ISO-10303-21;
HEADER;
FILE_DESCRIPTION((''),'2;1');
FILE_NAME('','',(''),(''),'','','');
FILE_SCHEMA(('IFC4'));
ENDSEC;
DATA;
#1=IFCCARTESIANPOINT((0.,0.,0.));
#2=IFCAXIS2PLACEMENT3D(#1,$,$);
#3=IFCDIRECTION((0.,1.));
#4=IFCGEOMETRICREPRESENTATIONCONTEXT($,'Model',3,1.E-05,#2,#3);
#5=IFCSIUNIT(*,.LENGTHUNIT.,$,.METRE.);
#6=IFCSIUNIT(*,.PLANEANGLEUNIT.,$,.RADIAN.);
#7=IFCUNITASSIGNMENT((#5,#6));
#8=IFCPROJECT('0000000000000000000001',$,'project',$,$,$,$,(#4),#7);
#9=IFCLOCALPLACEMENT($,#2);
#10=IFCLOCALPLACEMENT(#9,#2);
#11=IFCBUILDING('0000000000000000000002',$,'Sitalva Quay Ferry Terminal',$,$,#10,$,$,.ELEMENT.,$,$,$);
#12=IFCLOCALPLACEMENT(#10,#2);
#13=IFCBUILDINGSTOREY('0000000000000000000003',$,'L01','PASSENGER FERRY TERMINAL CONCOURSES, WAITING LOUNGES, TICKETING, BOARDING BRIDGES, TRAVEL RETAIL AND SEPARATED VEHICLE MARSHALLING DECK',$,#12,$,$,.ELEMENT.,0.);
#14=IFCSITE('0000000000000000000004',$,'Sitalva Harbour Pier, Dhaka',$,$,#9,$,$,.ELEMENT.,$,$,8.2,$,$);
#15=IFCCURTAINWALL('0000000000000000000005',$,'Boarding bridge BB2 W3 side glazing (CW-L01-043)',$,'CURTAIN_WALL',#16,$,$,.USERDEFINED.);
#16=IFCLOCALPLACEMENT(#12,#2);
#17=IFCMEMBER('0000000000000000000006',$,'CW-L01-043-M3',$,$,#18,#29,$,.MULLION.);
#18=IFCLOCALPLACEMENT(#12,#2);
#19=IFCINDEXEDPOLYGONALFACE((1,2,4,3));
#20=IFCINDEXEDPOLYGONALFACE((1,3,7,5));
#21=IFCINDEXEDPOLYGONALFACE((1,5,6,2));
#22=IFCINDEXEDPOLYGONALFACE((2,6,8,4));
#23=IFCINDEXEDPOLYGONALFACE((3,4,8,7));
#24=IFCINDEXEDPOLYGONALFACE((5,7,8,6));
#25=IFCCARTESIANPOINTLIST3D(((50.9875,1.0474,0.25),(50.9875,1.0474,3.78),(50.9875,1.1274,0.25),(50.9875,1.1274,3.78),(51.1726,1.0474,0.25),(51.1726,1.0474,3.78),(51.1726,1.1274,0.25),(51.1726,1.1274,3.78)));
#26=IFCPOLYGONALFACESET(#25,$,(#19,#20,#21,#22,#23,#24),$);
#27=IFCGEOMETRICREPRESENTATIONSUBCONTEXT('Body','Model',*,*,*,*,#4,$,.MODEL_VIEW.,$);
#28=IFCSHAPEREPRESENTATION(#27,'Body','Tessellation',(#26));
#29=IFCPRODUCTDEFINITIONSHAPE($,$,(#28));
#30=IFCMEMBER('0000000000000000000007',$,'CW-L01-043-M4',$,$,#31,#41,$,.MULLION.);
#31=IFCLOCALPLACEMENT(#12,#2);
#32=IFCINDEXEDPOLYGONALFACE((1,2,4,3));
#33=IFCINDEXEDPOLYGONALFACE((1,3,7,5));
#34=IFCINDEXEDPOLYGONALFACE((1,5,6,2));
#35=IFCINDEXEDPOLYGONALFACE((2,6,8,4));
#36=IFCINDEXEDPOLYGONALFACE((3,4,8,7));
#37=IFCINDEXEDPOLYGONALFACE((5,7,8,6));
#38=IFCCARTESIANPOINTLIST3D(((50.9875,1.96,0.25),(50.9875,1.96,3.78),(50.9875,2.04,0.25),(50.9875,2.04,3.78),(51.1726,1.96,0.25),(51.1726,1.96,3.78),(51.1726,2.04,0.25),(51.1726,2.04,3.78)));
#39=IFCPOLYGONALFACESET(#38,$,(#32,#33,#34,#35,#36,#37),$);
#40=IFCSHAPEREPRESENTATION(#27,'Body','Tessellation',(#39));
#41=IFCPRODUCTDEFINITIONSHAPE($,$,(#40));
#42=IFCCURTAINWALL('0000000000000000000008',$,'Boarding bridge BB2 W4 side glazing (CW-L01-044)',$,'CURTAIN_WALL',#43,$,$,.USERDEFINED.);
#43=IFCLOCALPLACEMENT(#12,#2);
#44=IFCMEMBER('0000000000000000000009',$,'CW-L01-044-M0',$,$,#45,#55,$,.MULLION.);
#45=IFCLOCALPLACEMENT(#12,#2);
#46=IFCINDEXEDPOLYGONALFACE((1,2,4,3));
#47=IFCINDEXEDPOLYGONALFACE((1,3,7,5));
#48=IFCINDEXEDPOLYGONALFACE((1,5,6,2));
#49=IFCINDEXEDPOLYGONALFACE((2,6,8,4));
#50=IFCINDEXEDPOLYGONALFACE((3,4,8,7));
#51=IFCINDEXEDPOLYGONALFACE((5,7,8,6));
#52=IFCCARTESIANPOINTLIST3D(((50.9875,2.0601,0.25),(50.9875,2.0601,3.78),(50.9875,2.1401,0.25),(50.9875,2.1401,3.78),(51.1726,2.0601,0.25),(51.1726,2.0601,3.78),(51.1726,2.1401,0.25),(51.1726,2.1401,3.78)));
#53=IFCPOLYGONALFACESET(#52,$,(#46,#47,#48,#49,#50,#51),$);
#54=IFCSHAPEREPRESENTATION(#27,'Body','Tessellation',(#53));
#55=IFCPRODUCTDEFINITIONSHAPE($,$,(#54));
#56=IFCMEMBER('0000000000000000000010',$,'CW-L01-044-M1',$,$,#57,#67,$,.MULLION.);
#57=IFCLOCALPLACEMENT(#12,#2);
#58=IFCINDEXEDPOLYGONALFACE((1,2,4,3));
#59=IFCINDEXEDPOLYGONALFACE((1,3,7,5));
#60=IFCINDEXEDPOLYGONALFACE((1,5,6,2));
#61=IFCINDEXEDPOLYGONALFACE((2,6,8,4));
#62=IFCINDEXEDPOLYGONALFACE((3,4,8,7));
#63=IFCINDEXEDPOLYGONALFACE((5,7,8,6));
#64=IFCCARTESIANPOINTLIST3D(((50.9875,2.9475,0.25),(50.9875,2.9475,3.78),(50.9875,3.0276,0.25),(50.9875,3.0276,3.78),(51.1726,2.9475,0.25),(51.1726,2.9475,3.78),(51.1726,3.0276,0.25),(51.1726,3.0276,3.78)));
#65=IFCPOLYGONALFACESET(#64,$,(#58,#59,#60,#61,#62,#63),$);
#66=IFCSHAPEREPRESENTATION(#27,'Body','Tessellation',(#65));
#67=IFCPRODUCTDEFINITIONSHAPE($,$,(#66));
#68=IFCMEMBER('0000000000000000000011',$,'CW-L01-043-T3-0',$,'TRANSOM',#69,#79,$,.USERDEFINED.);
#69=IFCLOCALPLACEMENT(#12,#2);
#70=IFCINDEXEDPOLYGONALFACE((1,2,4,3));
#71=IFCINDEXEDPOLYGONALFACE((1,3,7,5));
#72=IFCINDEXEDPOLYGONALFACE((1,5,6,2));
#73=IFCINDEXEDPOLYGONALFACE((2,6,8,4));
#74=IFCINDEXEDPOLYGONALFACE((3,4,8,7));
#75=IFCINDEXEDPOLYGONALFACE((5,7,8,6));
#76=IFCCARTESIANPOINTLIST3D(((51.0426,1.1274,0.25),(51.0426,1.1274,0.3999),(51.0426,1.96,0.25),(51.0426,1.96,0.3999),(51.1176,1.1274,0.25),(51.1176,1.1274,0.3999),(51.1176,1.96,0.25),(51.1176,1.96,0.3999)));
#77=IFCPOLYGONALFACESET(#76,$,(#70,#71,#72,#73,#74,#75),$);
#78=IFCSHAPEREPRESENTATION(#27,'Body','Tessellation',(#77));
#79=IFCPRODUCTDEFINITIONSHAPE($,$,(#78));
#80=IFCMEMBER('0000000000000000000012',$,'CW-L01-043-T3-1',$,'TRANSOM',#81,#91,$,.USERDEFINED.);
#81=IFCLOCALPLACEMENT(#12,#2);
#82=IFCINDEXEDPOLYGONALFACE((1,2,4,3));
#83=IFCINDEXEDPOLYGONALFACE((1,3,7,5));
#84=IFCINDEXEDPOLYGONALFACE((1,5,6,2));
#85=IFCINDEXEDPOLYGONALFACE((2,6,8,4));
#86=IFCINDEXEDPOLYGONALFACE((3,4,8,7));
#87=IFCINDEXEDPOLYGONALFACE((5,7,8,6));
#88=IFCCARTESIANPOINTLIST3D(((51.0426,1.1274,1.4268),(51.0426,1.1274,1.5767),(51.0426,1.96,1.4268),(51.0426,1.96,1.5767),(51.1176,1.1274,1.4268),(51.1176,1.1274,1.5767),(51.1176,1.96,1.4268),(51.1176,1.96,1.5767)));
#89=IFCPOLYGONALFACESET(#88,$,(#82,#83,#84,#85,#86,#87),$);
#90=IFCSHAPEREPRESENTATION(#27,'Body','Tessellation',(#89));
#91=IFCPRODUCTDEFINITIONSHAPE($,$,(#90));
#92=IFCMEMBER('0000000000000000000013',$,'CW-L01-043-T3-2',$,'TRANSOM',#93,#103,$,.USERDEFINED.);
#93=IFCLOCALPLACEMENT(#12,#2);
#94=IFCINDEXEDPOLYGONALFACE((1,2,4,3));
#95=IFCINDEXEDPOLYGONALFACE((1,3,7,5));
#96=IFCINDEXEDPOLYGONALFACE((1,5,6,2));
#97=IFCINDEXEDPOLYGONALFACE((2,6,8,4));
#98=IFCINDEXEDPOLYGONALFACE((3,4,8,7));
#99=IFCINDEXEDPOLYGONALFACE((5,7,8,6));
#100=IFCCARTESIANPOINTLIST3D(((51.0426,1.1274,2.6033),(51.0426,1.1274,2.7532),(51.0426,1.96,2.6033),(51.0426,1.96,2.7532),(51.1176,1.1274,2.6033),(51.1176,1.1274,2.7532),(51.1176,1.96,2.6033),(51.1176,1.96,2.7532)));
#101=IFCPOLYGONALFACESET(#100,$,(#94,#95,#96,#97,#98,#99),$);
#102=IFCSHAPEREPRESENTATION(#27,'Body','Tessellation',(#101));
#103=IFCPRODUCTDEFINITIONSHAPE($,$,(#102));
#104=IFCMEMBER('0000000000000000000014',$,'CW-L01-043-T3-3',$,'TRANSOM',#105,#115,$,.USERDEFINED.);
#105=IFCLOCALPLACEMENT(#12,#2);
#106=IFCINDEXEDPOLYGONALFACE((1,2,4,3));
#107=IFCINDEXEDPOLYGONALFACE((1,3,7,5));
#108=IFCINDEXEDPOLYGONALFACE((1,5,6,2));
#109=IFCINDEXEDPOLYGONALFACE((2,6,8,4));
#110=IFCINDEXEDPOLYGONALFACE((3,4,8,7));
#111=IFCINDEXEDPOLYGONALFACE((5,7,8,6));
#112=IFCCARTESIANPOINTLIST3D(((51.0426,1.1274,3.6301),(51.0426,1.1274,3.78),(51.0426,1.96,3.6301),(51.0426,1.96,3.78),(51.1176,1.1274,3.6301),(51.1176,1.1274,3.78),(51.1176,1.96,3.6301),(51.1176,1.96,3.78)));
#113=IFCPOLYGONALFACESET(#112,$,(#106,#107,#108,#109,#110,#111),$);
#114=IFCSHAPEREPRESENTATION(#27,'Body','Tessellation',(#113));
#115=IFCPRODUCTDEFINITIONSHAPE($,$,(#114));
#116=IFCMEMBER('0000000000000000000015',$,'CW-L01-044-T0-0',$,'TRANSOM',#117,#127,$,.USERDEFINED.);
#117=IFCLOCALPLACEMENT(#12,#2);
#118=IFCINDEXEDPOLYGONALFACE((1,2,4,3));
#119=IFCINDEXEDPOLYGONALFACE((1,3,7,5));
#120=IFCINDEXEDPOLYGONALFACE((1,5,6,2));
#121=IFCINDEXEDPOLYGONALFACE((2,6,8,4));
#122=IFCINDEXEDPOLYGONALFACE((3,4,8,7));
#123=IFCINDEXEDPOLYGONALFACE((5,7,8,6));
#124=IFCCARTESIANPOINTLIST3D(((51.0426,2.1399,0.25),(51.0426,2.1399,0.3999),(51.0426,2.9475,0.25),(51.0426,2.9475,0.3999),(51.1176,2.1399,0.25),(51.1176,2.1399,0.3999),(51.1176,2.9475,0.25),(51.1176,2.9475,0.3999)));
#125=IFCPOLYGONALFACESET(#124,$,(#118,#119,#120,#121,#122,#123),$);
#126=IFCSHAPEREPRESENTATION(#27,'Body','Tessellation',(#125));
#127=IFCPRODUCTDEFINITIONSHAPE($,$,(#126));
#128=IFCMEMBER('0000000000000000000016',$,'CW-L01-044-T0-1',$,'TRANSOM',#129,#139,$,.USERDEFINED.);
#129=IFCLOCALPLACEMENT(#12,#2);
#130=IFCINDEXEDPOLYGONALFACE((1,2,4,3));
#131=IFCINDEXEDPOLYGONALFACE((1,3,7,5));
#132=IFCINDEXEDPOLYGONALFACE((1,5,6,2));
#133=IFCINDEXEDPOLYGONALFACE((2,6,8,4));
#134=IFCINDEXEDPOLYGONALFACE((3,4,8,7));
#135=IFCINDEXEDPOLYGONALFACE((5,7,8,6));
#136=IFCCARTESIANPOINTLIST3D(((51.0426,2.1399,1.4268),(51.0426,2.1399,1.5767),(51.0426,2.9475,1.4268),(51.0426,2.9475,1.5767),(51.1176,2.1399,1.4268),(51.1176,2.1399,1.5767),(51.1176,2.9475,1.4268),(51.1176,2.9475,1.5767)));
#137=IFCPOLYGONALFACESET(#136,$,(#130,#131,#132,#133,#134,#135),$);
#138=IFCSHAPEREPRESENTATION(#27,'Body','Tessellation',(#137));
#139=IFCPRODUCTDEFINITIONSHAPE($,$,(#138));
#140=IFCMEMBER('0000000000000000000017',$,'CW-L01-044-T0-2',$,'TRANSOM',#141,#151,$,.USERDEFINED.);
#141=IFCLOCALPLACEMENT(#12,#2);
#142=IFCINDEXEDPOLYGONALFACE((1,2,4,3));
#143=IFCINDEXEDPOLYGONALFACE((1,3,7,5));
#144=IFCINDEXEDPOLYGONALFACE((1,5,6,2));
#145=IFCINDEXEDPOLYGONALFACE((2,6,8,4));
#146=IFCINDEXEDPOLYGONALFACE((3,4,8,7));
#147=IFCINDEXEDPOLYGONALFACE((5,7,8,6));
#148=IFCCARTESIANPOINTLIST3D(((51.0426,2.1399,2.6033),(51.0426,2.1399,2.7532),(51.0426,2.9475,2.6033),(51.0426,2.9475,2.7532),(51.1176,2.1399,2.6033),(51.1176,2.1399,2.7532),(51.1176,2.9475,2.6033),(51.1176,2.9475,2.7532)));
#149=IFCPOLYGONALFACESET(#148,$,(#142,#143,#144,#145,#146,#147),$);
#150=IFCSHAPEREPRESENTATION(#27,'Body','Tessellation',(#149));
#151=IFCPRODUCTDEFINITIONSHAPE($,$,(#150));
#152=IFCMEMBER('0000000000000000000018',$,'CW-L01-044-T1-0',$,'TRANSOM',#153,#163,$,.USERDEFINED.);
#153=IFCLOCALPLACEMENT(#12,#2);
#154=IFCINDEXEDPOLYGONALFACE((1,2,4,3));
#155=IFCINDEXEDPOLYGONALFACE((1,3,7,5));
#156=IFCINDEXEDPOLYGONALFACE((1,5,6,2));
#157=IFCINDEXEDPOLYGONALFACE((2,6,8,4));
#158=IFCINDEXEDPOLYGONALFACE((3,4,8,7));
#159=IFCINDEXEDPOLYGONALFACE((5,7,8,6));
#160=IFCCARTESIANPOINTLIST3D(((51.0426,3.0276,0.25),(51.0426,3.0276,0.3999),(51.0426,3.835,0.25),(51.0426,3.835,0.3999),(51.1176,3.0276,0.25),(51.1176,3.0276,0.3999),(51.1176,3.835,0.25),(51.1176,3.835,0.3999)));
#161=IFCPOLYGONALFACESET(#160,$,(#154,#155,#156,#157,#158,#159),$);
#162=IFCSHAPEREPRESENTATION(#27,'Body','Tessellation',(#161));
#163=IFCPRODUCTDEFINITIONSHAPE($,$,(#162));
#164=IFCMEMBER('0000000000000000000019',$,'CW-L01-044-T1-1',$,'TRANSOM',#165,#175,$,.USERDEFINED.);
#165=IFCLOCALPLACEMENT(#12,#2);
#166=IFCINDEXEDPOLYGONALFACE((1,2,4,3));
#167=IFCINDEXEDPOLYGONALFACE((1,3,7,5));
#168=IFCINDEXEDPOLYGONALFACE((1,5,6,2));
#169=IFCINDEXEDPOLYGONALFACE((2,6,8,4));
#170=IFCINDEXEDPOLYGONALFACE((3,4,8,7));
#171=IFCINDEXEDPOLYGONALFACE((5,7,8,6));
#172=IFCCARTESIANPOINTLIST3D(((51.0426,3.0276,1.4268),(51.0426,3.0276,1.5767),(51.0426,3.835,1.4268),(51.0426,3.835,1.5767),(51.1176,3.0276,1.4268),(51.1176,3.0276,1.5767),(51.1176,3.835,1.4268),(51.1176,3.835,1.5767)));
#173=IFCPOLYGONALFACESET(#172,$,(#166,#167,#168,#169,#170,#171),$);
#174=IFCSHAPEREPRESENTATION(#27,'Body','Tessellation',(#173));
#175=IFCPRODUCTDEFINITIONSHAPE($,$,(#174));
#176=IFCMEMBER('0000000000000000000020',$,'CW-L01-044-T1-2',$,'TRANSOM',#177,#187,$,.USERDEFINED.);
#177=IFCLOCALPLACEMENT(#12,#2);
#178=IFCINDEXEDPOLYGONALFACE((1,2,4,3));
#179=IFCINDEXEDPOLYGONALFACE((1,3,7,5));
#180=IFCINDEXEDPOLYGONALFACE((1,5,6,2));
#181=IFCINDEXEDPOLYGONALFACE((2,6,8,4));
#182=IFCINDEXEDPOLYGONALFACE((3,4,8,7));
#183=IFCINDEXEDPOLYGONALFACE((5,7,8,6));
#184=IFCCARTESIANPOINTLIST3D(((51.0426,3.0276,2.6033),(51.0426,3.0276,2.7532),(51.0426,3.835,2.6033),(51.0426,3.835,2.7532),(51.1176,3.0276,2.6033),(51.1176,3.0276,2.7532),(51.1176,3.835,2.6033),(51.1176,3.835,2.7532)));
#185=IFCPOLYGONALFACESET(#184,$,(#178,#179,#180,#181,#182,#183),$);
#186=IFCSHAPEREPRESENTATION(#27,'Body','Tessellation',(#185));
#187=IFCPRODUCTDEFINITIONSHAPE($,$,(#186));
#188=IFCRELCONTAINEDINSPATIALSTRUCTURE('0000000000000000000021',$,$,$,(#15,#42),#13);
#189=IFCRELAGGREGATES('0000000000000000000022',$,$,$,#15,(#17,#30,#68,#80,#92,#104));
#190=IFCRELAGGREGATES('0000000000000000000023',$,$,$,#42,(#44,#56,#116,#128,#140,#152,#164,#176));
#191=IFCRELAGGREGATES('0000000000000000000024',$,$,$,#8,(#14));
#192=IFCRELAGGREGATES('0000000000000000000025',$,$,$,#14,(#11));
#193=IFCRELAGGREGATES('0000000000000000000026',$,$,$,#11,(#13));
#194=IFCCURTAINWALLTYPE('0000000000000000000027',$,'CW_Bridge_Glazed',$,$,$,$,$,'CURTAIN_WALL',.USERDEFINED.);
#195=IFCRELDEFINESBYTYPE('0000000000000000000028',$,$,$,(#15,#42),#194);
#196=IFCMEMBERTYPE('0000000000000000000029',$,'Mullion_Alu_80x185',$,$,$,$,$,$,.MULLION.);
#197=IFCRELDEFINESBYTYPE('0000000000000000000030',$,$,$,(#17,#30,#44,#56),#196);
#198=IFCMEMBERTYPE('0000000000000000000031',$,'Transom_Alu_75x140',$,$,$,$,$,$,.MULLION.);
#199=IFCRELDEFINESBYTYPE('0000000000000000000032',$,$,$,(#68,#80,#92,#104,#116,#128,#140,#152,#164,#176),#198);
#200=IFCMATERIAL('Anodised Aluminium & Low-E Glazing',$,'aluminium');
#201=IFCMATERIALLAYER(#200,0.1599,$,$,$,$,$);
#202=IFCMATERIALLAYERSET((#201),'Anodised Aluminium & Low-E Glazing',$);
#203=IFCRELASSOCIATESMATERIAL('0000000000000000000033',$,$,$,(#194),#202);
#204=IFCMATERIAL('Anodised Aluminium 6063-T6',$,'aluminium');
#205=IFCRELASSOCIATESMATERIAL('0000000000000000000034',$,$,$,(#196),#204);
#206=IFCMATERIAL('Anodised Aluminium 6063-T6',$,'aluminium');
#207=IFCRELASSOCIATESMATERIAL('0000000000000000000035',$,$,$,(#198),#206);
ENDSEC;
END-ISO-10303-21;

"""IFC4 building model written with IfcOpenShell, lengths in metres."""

from ifc_helpers import new_model, si_unit, direction, frame, origin, origin_2d, place, context, subcontext, project, spatial, rectangle, extrude, material, layer, layer_set, material_profile, profile_set, type_object, element, aggregate, save


model = new_model("IFC4")

# Units and contexts
model_context = context("Model", 3, precision=1e-05, world=origin(), true_north=direction((0.0, 1.0)))
body_context = subcontext(model_context, "Body", "Model", "MODEL_VIEW")
ifc_project = project(units=[si_unit("LENGTHUNIT", "METRE"), si_unit("PLANEANGLEUNIT", "RADIAN")], contexts=[model_context])

# Site, building, storey
site_placement = place(None, origin())
site = spatial("IfcSite", under=ifc_project, at=site_placement, Name="Sitalva Harbour Pier, Dhaka", CompositionType="ELEMENT", RefElevation=8.2)
building_placement = place(site_placement, origin())
building = spatial("IfcBuilding", under=site, at=building_placement, Name="Sitalva Quay Ferry Terminal", CompositionType="ELEMENT")
storey_placement = place(building_placement, origin())
storey = spatial("IfcBuildingStorey", under=building, at=storey_placement, Name="L01", Description="PASSENGER FERRY TERMINAL CONCOURSES, WAITING LOUNGES, TICKETING, BOARDING BRIDGES, TRAVEL RETAIL AND SEPARATED VEHICLE MARSHALLING DECK", CompositionType="ELEMENT", Elevation=0.0)

# Curtain walls, members
ifc_material_1 = material(Name="Anodised Aluminium & Low-E Glazing", Category="aluminium")
ifc_layer_1 = layer(ifc_material_1, 0.1599)
ifc_layer_set_1 = layer_set([ifc_layer_1], Name="Anodised Aluminium & Low-E Glazing")
curtain_wall_type = type_object("IfcCurtainWallType", Name="CW_Bridge_Glazed", ElementType="CURTAIN_WALL", PredefinedType="USERDEFINED", material=ifc_layer_set_1)
curtain_wall_1_placement = place(storey_placement, origin())
curtain_wall_1 = element("IfcCurtainWall", 1, at=curtain_wall_1_placement, inside=storey, type_object=curtain_wall_type, Name="Boarding bridge BB2 W3 side glazing (CW-L01-043)", ObjectType="CURTAIN_WALL", PredefinedType="USERDEFINED")
ifc_material_2 = material(Name="Anodised Aluminium 6063-T6", Category="aluminium")
ifc_material_profile_1 = material_profile(ifc_material_2, rectangle(XDim=0.0801, YDim=0.1851, at=origin_2d()), Name="ALU80x185")
ifc_profile_set_1 = profile_set([ifc_material_profile_1], Name="Anodised Aluminium 6063-T6")
member_type_1 = type_object("IfcMemberType", Name="Mullion_Alu_80x185", PredefinedType="MULLION", material=ifc_profile_set_1)
member_1_placement = place(storey_placement, frame((51.0801, 1.0874, 0.25), z_axis=(0.0, 0.0, 1.0), x_axis=(0.0, 1.0, 0.0)))
member_1 = element("IfcMember", 2, at=member_1_placement, type_object=member_type_1, Name="CW-L01-043-M3", PredefinedType="MULLION", context=body_context, shape_type="SweptSolid", body=[
    extrude(rectangle(XDim=0.0801, YDim=0.1851, at=origin_2d()), origin(), (0.0, 0.0, 1.0), 3.53),
])
member_2_placement = place(storey_placement, frame((51.0801, 2.0, 0.25), z_axis=(0.0, 0.0, 1.0), x_axis=(0.0, 1.0, 0.0)))
member_2 = element("IfcMember", 3, at=member_2_placement, type_object=member_type_1, Name="CW-L01-043-M4", PredefinedType="MULLION", context=body_context, shape_type="SweptSolid", body=[
    extrude(rectangle(XDim=0.0801, YDim=0.1851, at=origin_2d()), origin(), (0.0, 0.0, 1.0), 3.53),
])
curtain_wall_2_placement = place(storey_placement, origin())
curtain_wall_2 = element("IfcCurtainWall", 4, at=curtain_wall_2_placement, inside=storey, type_object=curtain_wall_type, Name="Boarding bridge BB2 W4 side glazing (CW-L01-044)", ObjectType="CURTAIN_WALL", PredefinedType="USERDEFINED")
member_3_placement = place(storey_placement, frame((51.0801, 2.1001, 0.25), z_axis=(0.0, 0.0, 1.0), x_axis=(0.0, 1.0, 0.0)))
member_3 = element("IfcMember", 5, at=member_3_placement, type_object=member_type_1, Name="CW-L01-044-M0", PredefinedType="MULLION", context=body_context, shape_type="SweptSolid", body=[
    extrude(rectangle(XDim=0.0801, YDim=0.1851, at=origin_2d()), origin(), (0.0, 0.0, 1.0), 3.53),
])
member_4_placement = place(storey_placement, frame((51.0801, 2.9875, 0.25), z_axis=(0.0, 0.0, 1.0), x_axis=(0.0, 1.0, 0.0)))
member_4 = element("IfcMember", 6, at=member_4_placement, type_object=member_type_1, Name="CW-L01-044-M1", PredefinedType="MULLION", context=body_context, shape_type="SweptSolid", body=[
    extrude(rectangle(XDim=0.0801, YDim=0.1851, at=origin_2d()), origin(), (0.0, 0.0, 1.0), 3.53),
])

# Members
ifc_material_3 = material(Name="Anodised Aluminium 6063-T6", Category="aluminium")
ifc_material_profile_2 = material_profile(ifc_material_3, rectangle(XDim=0.075, YDim=0.1499, at=origin_2d()), Name="ALU75x150")
ifc_profile_set_2 = profile_set([ifc_material_profile_2], Name="Anodised Aluminium 6063-T6")
member_type_2 = type_object("IfcMemberType", Name="Transom_Alu_75x140", PredefinedType="MULLION", material=ifc_profile_set_2)
member_5_placement = place(storey_placement, frame((51.0801, 1.1274, 0.325), z_axis=(0.0, 1.0, 0.0), x_axis=(-1.0, 0.0, 0.0)))
member_5 = element("IfcMember", 7, at=member_5_placement, type_object=member_type_2, Name="CW-L01-043-T3-0", ObjectType="TRANSOM", PredefinedType="USERDEFINED", context=body_context, shape_type="SweptSolid", body=[
    extrude(rectangle(XDim=0.075, YDim=0.1499, at=origin_2d()), origin(), (0.0, 0.0, 1.0), 0.8325),
])
member_6_placement = place(storey_placement, frame((51.0801, 1.1274, 1.5017), z_axis=(0.0, 1.0, 0.0), x_axis=(-1.0, 0.0, 0.0)))
member_6 = element("IfcMember", 8, at=member_6_placement, type_object=member_type_2, Name="CW-L01-043-T3-1", ObjectType="TRANSOM", PredefinedType="USERDEFINED", context=body_context, shape_type="SweptSolid", body=[
    extrude(rectangle(XDim=0.075, YDim=0.1499, at=origin_2d()), origin(), (0.0, 0.0, 1.0), 0.8325),
])
member_7_placement = place(storey_placement, frame((51.0801, 1.1274, 2.6782), z_axis=(0.0, 1.0, 0.0), x_axis=(-1.0, 0.0, 0.0)))
member_7 = element("IfcMember", 9, at=member_7_placement, type_object=member_type_2, Name="CW-L01-043-T3-2", ObjectType="TRANSOM", PredefinedType="USERDEFINED", context=body_context, shape_type="SweptSolid", body=[
    extrude(rectangle(XDim=0.075, YDim=0.1499, at=origin_2d()), origin(), (0.0, 0.0, 1.0), 0.8325),
])
member_8_placement = place(storey_placement, frame((51.0801, 1.1274, 3.7051), z_axis=(0.0, 1.0, 0.0), x_axis=(-1.0, 0.0, 0.0)))
member_8 = element("IfcMember", 10, at=member_8_placement, type_object=member_type_2, Name="CW-L01-043-T3-3", ObjectType="TRANSOM", PredefinedType="USERDEFINED", context=body_context, shape_type="SweptSolid", body=[
    extrude(rectangle(XDim=0.075, YDim=0.1499, at=origin_2d()), origin(), (0.0, 0.0, 1.0), 0.8325),
])
member_9_placement = place(storey_placement, frame((51.0801, 2.1399, 0.325), z_axis=(0.0, 1.0, 0.0), x_axis=(-1.0, 0.0, 0.0)))
member_9 = element("IfcMember", 11, at=member_9_placement, type_object=member_type_2, Name="CW-L01-044-T0-0", ObjectType="TRANSOM", PredefinedType="USERDEFINED", context=body_context, shape_type="SweptSolid", body=[
    extrude(rectangle(XDim=0.075, YDim=0.1499, at=origin_2d()), origin(), (0.0, 0.0, 1.0), 0.8076),
])
member_10_placement = place(storey_placement, frame((51.0801, 2.1399, 1.5017), z_axis=(0.0, 1.0, 0.0), x_axis=(-1.0, 0.0, 0.0)))
member_10 = element("IfcMember", 12, at=member_10_placement, type_object=member_type_2, Name="CW-L01-044-T0-1", ObjectType="TRANSOM", PredefinedType="USERDEFINED", context=body_context, shape_type="SweptSolid", body=[
    extrude(rectangle(XDim=0.075, YDim=0.1499, at=origin_2d()), origin(), (0.0, 0.0, 1.0), 0.8076),
])
member_11_placement = place(storey_placement, frame((51.0801, 2.1399, 2.6782), z_axis=(0.0, 1.0, 0.0), x_axis=(-1.0, 0.0, 0.0)))
member_11 = element("IfcMember", 13, at=member_11_placement, type_object=member_type_2, Name="CW-L01-044-T0-2", ObjectType="TRANSOM", PredefinedType="USERDEFINED", context=body_context, shape_type="SweptSolid", body=[
    extrude(rectangle(XDim=0.075, YDim=0.1499, at=origin_2d()), origin(), (0.0, 0.0, 1.0), 0.8076),
])
member_12_placement = place(storey_placement, frame((51.0801, 3.0276, 0.325), z_axis=(0.0, 1.0, 0.0), x_axis=(-1.0, 0.0, 0.0)))
member_12 = element("IfcMember", 14, at=member_12_placement, type_object=member_type_2, Name="CW-L01-044-T1-0", ObjectType="TRANSOM", PredefinedType="USERDEFINED", context=body_context, shape_type="SweptSolid", body=[
    extrude(rectangle(XDim=0.075, YDim=0.1499, at=origin_2d()), origin(), (0.0, 0.0, 1.0), 0.8074),
])
member_13_placement = place(storey_placement, frame((51.0801, 3.0276, 1.5017), z_axis=(0.0, 1.0, 0.0), x_axis=(-1.0, 0.0, 0.0)))
member_13 = element("IfcMember", 15, at=member_13_placement, type_object=member_type_2, Name="CW-L01-044-T1-1", ObjectType="TRANSOM", PredefinedType="USERDEFINED", context=body_context, shape_type="SweptSolid", body=[
    extrude(rectangle(XDim=0.075, YDim=0.1499, at=origin_2d()), origin(), (0.0, 0.0, 1.0), 0.8074),
])
member_14_placement = place(storey_placement, frame((51.0801, 3.0276, 2.6782), z_axis=(0.0, 1.0, 0.0), x_axis=(-1.0, 0.0, 0.0)))
member_14 = element("IfcMember", 16, at=member_14_placement, type_object=member_type_2, Name="CW-L01-044-T1-2", ObjectType="TRANSOM", PredefinedType="USERDEFINED", context=body_context, shape_type="SweptSolid", body=[
    extrude(rectangle(XDim=0.075, YDim=0.1499, at=origin_2d()), origin(), (0.0, 0.0, 1.0), 0.8074),
])

aggregate(curtain_wall_1, [member_1, member_2, member_5, member_6, member_7, member_8])
aggregate(curtain_wall_2, [member_3, member_4, member_9, member_10, member_11, member_12, member_13, member_14])

save(model, "model.ifc")
